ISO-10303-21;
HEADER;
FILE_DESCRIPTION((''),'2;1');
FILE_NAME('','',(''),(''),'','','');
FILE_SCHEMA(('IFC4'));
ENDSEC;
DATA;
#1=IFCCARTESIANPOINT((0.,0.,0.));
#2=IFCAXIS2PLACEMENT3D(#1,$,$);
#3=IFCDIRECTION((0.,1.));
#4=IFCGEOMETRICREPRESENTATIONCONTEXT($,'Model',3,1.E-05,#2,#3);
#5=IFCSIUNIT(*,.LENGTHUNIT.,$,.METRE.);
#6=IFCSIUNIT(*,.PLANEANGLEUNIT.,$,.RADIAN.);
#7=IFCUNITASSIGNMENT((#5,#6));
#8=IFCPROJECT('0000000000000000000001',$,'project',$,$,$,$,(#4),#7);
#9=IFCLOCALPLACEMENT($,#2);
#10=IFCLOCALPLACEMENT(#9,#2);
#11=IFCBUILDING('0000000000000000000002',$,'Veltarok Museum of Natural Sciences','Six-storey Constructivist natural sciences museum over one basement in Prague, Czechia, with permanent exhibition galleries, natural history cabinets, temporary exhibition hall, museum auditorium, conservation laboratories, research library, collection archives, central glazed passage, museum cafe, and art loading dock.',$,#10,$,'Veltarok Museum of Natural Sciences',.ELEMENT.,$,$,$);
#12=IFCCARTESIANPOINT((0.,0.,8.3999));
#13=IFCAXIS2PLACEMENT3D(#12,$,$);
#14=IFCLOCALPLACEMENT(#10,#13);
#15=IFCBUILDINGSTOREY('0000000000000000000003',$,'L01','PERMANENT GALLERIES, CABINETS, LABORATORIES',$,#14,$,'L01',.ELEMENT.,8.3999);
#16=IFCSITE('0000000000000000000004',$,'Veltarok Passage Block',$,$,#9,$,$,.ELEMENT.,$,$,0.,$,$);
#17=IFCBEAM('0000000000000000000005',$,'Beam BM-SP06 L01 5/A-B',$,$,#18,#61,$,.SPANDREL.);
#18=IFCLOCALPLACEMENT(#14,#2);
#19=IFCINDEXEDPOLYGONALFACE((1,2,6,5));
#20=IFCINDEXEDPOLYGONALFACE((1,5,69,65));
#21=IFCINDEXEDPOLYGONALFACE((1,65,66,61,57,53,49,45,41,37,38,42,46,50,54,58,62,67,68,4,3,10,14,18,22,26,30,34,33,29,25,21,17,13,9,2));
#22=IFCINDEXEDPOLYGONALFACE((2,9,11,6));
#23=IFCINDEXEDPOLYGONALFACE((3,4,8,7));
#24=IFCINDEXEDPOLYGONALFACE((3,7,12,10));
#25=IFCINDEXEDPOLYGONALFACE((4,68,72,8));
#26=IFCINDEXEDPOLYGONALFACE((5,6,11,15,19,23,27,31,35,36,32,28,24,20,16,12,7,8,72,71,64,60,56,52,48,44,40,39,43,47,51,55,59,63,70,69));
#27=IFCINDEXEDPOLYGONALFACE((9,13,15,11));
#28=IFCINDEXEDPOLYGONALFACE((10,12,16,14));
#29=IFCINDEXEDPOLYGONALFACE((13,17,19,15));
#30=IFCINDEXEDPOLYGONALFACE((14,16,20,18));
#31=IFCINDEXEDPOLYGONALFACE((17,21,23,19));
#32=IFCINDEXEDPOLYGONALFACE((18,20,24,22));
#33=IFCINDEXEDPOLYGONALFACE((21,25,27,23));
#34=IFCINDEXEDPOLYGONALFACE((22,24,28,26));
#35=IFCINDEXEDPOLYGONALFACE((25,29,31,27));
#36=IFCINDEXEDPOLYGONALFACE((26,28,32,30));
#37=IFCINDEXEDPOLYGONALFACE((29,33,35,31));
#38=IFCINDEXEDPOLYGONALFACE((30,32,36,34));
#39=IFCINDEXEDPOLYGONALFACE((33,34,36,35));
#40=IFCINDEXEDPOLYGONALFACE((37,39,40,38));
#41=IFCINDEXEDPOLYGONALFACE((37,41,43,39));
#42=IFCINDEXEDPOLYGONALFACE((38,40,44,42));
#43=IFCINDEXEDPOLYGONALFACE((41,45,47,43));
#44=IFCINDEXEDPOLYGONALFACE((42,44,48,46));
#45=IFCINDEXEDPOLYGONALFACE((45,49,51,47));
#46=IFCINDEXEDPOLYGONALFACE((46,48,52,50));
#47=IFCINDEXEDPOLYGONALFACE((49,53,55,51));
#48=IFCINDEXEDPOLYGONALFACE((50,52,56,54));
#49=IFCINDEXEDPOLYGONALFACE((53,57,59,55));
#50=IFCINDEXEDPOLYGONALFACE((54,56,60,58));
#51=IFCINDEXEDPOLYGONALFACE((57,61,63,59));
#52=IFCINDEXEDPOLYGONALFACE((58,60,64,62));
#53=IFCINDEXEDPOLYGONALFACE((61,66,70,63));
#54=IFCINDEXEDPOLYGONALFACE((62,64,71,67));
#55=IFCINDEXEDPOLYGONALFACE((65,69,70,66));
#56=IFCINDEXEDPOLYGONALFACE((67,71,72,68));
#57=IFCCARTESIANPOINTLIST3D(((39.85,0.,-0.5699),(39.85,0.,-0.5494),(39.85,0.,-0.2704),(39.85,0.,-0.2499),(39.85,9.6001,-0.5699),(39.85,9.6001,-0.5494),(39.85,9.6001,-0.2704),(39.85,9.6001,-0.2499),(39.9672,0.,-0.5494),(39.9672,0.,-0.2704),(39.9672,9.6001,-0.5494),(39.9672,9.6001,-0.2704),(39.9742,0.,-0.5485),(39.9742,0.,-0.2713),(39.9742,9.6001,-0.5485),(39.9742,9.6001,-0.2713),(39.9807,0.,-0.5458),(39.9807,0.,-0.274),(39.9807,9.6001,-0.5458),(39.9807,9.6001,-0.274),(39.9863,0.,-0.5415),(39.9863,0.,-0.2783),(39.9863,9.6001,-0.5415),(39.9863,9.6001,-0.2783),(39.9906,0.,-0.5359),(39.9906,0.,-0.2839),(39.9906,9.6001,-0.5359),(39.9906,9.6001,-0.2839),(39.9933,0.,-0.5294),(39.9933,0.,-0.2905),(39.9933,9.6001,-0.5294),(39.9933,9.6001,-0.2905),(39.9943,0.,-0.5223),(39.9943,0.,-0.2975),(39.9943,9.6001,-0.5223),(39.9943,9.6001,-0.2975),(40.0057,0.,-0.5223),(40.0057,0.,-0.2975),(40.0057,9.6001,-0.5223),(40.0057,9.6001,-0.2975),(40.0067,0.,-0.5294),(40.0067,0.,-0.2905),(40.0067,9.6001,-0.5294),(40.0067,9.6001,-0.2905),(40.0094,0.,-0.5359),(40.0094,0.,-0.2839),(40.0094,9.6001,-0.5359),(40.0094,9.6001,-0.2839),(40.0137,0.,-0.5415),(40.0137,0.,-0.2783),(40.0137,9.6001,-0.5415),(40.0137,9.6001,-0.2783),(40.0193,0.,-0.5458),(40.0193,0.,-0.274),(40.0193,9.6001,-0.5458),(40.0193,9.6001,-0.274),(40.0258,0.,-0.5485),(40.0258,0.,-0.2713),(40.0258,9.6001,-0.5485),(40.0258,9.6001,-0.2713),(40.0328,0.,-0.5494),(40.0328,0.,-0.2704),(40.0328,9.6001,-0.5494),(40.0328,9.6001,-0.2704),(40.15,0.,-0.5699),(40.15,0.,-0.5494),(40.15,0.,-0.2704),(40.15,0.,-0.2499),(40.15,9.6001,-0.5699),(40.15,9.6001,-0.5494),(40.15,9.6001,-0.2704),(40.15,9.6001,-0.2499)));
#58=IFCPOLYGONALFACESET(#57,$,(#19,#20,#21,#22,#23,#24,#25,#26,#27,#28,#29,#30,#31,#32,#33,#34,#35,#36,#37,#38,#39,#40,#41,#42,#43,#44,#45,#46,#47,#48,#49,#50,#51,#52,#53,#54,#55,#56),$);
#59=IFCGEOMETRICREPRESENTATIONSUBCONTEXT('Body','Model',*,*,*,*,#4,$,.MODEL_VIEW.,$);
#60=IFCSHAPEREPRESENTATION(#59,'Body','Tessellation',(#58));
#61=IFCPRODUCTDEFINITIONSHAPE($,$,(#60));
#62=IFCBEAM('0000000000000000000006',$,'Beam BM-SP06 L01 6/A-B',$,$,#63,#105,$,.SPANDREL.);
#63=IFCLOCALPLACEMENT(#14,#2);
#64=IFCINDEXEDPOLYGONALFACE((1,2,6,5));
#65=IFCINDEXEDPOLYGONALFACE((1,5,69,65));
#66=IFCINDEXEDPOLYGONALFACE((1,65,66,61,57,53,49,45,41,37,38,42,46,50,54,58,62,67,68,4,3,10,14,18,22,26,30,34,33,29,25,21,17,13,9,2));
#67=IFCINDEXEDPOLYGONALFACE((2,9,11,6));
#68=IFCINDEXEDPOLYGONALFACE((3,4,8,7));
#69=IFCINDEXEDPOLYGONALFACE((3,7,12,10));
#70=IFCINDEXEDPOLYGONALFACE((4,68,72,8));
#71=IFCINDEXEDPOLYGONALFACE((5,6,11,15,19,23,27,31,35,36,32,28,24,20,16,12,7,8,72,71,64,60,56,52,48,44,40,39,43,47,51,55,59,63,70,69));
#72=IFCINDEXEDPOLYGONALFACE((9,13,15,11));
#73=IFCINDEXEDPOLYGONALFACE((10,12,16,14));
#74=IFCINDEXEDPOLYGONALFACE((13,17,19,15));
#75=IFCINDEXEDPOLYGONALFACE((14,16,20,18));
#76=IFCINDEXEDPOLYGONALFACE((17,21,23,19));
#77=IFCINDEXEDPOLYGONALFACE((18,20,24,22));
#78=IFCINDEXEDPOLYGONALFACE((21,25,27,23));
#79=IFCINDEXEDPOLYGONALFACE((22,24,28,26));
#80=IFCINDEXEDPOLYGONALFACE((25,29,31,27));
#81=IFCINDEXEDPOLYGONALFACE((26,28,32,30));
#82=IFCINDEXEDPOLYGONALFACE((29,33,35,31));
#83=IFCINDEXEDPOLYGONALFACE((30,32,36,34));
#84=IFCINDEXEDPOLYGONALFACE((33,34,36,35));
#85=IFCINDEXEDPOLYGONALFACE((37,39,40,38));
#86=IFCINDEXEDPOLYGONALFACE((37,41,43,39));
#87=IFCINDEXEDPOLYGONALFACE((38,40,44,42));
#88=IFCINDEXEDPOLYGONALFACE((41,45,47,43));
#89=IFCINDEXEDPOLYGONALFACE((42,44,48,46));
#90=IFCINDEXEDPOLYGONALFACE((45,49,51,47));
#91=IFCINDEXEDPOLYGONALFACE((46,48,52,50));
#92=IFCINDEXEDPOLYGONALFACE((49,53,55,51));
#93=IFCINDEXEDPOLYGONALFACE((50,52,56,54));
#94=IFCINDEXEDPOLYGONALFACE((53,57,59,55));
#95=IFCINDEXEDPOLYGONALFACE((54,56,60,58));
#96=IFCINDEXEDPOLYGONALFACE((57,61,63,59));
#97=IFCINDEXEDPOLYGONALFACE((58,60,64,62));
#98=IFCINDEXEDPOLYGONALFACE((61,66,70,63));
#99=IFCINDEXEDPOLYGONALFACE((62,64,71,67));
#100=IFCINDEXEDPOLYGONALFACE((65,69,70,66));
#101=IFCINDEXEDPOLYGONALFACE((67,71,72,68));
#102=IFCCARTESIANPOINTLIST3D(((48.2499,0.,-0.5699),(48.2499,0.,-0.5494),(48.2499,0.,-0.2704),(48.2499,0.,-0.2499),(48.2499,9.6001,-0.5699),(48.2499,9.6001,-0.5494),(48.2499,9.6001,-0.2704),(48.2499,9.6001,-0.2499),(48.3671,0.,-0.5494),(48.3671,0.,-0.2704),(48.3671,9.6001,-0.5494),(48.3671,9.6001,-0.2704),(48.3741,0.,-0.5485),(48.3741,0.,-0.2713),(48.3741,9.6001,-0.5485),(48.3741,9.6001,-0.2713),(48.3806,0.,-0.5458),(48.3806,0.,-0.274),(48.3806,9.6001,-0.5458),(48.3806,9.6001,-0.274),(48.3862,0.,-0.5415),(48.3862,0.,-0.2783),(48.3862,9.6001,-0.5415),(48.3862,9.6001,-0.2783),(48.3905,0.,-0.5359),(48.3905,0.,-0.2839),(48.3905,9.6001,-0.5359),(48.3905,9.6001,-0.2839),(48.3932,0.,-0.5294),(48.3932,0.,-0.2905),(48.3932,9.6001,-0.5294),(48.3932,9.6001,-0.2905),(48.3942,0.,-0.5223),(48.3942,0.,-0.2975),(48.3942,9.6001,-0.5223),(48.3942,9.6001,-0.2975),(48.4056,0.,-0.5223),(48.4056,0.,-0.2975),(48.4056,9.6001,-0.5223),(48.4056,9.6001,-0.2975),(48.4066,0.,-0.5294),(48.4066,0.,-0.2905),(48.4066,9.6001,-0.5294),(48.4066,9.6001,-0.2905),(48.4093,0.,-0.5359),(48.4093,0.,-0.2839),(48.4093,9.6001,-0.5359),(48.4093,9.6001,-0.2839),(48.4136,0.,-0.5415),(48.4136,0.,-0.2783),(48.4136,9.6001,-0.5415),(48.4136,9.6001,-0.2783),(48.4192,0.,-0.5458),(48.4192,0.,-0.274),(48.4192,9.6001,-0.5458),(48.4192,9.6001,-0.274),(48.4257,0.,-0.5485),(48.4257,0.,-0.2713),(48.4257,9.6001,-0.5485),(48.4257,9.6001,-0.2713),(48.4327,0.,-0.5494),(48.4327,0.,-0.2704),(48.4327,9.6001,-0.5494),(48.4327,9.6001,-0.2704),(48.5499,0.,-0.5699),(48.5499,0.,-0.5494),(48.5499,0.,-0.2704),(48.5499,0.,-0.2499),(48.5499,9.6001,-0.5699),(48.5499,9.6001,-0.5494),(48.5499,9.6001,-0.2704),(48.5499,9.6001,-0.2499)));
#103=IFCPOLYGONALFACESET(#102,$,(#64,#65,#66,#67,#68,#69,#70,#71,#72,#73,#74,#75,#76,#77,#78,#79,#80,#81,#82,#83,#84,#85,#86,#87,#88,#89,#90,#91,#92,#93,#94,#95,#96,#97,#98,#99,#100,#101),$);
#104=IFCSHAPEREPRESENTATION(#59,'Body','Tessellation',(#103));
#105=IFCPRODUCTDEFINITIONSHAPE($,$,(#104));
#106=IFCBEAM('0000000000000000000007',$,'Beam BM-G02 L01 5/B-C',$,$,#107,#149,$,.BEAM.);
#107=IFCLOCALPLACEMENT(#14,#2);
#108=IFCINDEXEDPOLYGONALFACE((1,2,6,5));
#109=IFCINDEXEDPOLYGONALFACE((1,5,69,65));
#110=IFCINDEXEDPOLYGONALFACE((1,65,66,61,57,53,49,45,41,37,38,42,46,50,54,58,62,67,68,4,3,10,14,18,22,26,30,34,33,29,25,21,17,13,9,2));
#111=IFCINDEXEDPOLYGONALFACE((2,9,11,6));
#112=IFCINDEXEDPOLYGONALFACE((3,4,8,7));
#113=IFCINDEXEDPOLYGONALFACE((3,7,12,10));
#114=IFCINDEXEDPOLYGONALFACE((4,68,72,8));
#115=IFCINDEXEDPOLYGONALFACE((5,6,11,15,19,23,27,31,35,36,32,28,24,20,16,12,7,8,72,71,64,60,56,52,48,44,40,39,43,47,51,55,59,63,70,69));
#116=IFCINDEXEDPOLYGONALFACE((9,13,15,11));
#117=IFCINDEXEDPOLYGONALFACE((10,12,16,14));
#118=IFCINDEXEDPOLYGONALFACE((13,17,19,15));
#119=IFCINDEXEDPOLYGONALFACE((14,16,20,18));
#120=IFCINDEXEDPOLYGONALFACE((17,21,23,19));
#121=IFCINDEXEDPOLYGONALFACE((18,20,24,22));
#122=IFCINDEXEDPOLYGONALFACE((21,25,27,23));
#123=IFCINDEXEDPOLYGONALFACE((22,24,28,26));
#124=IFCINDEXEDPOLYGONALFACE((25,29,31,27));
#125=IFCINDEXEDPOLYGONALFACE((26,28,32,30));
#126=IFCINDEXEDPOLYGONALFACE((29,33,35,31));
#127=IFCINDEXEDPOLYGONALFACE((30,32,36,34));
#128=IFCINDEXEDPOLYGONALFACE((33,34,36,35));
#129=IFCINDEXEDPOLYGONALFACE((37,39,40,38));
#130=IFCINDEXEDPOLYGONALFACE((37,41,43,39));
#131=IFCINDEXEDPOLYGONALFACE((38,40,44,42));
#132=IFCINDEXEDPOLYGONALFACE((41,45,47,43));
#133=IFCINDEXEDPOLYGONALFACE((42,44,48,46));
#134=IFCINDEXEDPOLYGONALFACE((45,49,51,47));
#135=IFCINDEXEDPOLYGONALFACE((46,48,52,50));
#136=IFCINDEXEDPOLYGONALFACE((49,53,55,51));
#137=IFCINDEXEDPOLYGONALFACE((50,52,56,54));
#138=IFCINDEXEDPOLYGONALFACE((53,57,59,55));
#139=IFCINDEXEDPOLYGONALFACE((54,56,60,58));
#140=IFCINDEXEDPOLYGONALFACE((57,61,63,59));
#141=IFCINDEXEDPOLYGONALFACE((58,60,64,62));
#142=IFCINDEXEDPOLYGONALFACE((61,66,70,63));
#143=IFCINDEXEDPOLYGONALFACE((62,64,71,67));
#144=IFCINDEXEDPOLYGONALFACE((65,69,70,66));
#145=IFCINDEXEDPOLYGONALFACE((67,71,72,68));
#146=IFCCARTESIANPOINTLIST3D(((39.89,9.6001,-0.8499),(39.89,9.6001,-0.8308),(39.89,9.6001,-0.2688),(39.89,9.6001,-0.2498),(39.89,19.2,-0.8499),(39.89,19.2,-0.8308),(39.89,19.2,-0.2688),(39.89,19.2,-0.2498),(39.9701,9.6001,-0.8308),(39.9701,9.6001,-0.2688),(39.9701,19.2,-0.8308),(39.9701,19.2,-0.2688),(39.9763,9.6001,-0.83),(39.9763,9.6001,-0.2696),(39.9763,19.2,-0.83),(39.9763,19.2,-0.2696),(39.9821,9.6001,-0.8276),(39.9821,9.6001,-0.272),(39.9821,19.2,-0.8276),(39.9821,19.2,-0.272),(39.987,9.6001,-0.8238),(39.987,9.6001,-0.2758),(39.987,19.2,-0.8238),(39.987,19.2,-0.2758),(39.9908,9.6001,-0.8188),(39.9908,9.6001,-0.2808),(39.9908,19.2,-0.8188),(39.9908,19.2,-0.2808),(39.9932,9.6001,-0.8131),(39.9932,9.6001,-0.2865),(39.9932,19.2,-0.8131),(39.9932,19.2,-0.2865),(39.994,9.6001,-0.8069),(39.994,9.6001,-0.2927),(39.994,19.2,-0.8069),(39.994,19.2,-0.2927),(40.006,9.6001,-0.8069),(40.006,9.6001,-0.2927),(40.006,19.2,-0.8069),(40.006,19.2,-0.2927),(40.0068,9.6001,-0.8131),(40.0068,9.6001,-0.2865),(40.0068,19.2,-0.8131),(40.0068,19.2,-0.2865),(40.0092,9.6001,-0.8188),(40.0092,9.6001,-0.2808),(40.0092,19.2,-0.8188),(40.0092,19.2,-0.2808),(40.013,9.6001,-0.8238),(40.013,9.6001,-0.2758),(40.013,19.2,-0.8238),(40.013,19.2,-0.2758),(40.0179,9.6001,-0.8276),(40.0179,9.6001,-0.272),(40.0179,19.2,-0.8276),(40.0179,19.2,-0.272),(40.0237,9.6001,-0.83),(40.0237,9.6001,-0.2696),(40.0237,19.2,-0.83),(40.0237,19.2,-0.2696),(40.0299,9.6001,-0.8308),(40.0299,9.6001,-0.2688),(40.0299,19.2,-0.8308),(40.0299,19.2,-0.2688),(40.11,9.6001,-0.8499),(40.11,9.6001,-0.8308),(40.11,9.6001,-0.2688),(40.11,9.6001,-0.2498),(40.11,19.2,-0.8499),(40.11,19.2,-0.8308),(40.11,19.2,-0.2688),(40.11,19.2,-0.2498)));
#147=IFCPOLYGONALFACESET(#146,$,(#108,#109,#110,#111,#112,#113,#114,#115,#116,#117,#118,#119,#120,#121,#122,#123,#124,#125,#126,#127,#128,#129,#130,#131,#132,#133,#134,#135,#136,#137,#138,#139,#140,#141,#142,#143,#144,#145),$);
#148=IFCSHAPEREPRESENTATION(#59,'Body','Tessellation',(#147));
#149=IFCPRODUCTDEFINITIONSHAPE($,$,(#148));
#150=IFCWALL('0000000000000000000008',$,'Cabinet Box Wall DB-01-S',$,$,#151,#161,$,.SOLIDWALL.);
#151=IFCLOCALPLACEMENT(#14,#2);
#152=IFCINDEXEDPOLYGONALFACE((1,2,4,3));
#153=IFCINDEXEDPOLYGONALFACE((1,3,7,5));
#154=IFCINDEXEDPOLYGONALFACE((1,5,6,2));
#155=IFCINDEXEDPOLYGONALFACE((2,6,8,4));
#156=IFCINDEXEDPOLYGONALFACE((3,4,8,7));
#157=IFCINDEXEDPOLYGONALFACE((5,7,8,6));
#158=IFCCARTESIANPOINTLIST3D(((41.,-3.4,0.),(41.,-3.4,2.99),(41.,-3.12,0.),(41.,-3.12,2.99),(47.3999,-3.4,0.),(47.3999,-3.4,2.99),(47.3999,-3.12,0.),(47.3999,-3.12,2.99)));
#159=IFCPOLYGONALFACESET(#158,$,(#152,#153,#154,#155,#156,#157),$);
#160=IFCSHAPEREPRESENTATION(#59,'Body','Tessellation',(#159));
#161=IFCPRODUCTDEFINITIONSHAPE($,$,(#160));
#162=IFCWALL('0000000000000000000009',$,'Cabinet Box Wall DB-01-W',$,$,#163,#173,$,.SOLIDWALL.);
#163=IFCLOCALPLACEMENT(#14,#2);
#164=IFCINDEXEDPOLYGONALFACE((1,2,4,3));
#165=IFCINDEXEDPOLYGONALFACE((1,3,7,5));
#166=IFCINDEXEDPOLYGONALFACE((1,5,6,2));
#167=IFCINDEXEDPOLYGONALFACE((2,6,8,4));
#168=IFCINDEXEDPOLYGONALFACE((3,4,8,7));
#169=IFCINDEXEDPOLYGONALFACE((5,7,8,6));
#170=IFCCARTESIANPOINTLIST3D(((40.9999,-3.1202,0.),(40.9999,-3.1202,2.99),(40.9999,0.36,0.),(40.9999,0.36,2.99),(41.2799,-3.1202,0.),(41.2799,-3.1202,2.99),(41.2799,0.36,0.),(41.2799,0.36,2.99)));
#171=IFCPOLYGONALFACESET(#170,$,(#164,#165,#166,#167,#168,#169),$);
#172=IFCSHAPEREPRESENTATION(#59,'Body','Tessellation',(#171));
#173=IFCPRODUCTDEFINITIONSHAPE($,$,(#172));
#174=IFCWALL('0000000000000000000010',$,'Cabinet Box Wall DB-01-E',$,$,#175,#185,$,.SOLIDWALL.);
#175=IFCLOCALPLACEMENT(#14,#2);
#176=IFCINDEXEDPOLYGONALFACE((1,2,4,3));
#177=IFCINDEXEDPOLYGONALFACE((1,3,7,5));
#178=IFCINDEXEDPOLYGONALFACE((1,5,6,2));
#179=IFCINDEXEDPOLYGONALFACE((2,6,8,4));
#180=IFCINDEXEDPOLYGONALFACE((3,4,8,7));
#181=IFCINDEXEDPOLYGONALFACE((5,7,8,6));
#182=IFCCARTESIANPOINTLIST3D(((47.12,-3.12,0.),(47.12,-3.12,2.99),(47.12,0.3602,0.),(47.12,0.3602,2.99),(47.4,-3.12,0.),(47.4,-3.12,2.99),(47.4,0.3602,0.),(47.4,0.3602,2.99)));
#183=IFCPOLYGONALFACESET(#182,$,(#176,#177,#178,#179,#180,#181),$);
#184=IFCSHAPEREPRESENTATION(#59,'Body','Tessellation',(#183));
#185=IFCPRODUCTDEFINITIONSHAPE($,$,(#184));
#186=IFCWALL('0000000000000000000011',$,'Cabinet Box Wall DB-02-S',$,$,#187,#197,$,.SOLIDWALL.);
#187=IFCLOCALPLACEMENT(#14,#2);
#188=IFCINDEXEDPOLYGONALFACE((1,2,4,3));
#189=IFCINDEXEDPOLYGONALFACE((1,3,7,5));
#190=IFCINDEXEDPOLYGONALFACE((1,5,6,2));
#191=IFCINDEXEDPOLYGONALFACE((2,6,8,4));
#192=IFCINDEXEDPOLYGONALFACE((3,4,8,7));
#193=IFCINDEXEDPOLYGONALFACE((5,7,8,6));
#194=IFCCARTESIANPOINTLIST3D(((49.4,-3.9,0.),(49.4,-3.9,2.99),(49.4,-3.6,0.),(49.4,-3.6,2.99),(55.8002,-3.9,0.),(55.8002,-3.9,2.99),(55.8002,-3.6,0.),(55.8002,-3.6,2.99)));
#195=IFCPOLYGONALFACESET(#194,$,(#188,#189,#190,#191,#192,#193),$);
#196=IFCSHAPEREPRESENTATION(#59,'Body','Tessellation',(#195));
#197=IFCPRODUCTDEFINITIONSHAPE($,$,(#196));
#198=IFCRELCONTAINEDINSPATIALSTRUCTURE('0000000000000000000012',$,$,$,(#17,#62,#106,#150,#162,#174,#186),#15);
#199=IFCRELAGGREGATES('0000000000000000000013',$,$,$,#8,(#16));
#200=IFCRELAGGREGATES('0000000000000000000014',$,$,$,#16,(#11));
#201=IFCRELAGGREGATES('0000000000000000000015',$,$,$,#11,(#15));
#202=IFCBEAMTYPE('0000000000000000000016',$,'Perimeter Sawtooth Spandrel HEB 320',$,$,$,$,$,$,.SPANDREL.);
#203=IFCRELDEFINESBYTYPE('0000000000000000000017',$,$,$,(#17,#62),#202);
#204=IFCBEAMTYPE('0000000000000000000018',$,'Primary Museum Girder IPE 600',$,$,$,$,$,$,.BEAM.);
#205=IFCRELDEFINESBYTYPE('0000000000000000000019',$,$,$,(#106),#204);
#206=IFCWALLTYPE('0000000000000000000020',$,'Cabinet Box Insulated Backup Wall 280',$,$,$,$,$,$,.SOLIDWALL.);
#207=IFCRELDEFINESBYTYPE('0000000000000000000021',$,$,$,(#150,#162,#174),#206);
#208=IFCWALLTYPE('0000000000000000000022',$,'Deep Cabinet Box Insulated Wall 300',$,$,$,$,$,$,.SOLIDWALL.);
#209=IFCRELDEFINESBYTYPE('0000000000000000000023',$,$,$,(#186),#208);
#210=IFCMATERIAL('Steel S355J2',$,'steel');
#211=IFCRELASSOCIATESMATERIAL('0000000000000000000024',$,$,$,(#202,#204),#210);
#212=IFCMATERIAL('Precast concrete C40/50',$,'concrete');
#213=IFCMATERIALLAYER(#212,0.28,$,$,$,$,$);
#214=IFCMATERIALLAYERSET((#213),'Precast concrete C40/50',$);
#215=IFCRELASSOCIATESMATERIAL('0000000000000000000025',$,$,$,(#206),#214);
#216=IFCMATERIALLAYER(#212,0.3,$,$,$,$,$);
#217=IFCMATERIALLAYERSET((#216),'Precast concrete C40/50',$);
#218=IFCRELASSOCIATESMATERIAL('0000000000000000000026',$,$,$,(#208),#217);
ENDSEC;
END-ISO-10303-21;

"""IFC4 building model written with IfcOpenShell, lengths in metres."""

from ifc_helpers import new_model, si_unit, direction, frame, frame_2d, origin, origin_2d, place, context, subcontext, project, spatial, rectangle, i_section, extrude, material, layer, layer_set, material_profile, profile_set, type_object, element, save


model = new_model("IFC4")

# Units and contexts
model_context = context("Model", 3, precision=1e-05, world=origin(), true_north=direction((0.0, 1.0)))
body_context = subcontext(model_context, "Body", "Model", "MODEL_VIEW")
ifc_project = project(units=[si_unit("LENGTHUNIT", "METRE"), si_unit("PLANEANGLEUNIT", "RADIAN")], contexts=[model_context])

# Site, building, storey
site_placement = place(None, origin())
site = spatial("IfcSite", under=ifc_project, at=site_placement, Name="Veltarok Passage Block", CompositionType="ELEMENT", RefElevation=0.0)
building_placement = place(site_placement, origin())
building = spatial("IfcBuilding", under=site, at=building_placement, Name="Veltarok Museum of Natural Sciences", Description="Six-storey Constructivist natural sciences museum over one basement in Prague, Czechia, with permanent exhibition galleries, natural history cabinets, temporary exhibition hall, museum auditorium, conservation laboratories, research library, collection archives, central glazed passage, museum cafe, and art loading dock.", LongName="Veltarok Museum of Natural Sciences", CompositionType="ELEMENT")
storey_placement = place(building_placement, frame((0.0, 0.0, 8.3999)))
storey = spatial("IfcBuildingStorey", under=building, at=storey_placement, Name="L01", Description="PERMANENT GALLERIES, CABINETS, LABORATORIES", LongName="L01", CompositionType="ELEMENT", Elevation=8.3999)

# Shared definitions
ifc_material_1 = material(Name="Steel S355J2", Category="steel")

# Beams
ifc_material_profile_1 = material_profile(ifc_material_1, i_section(OverallWidth=0.3, OverallDepth=0.3201, WebThickness=0.0115, FlangeThickness=0.0205, FilletRadius=0.0271, at=origin_2d()), Name="HEB 320")
ifc_profile_set_1 = profile_set([ifc_material_profile_1], Name="Steel S355J2")
beam_type_1 = type_object("IfcBeamType", Name="Perimeter Sawtooth Spandrel HEB 320", PredefinedType="SPANDREL", material=ifc_profile_set_1)
for number, where, z_axis, x_axis, name in (
    (1, (40.0, 0.0, -0.4099), (0.0, 1.0, 0.0), (-1.0, 0.0, 0.0), "Beam BM-SP06 L01 5/A-B"),
    (2, (48.3999, 0.0, -0.4099), (0.0, 1.0, 0.0), (-1.0, 0.0, 0.0), "Beam BM-SP06 L01 6/A-B"),
):
    element("IfcBeam", number, at=place(storey_placement, frame(where, z_axis=z_axis, x_axis=x_axis)), inside=storey, type_object=beam_type_1, Name=name, PredefinedType="SPANDREL", context=body_context, shape_type="SweptSolid", body=[
        extrude(i_section(OverallWidth=0.3, OverallDepth=0.3201, WebThickness=0.0115, FlangeThickness=0.0205, FilletRadius=0.0271, at=origin_2d()), origin(), (0.0, 0.0, 1.0), 9.6001),
    ])
ifc_material_profile_2 = material_profile(ifc_material_1, i_section(OverallWidth=0.22, OverallDepth=0.6001, WebThickness=0.012, FlangeThickness=0.019, FilletRadius=0.0239, at=origin_2d()), Name="IPE 600")
ifc_profile_set_2 = profile_set([ifc_material_profile_2], Name="Steel S355J2")
beam_type_2 = type_object("IfcBeamType", Name="Primary Museum Girder IPE 600", PredefinedType="BEAM", material=ifc_profile_set_2)
beam_1_placement = place(storey_placement, frame((40.0, 9.6001, -0.5498), z_axis=(0.0, 1.0, 0.0), x_axis=(-1.0, 0.0, 0.0)))
element("IfcBeam", 3, at=beam_1_placement, inside=storey, type_object=beam_type_2, Name="Beam BM-G02 L01 5/B-C", PredefinedType="BEAM", context=body_context, shape_type="SweptSolid", body=[
    extrude(i_section(OverallWidth=0.22, OverallDepth=0.6001, WebThickness=0.012, FlangeThickness=0.019, FilletRadius=0.0239, at=origin_2d()), origin(), (0.0, 0.0, 1.0), 9.5999),
])

# Walls
ifc_material_2 = material(Name="Precast concrete C40/50", Category="concrete")
ifc_layer_1 = layer(ifc_material_2, 0.28)
ifc_layer_set_1 = layer_set([ifc_layer_1], Name="Precast concrete C40/50")
wall_type_1 = type_object("IfcWallType", Name="Cabinet Box Insulated Backup Wall 280", PredefinedType="SOLIDWALL", material=ifc_layer_set_1)
wall_1_placement = place(storey_placement, frame((41.0, -3.26, 0.0), z_axis=(0.0, 0.0, 1.0), x_axis=(1.0, 0.0, 0.0)))
element("IfcWall", 4, at=wall_1_placement, inside=storey, type_object=wall_type_1, Name="Cabinet Box Wall DB-01-S", PredefinedType="SOLIDWALL", context=body_context, shape_type="SweptSolid", body=[
    extrude(rectangle(XDim=6.3999, YDim=0.28, at=frame_2d((3.2, 0.0))), origin(), (0.0, 0.0, 1.0), 2.99),
])
for number, where, z_axis, x_axis, name in (
    (5, (41.1399, 0.3601, 0.0), (0.0, 0.0, 1.0), (0.0, -1.0, 0.0), "Cabinet Box Wall DB-01-W"),
    (6, (47.26, -3.1201, 0.0), (0.0, 0.0, 1.0), (0.0, 1.0, 0.0), "Cabinet Box Wall DB-01-E"),
):
    element("IfcWall", number, at=place(storey_placement, frame(where, z_axis=z_axis, x_axis=x_axis)), inside=storey, type_object=wall_type_1, Name=name, PredefinedType="SOLIDWALL", context=body_context, shape_type="SweptSolid", body=[
        extrude(rectangle(XDim=3.4802, YDim=0.28, at=frame_2d((1.7402, 0.0))), origin(), (0.0, 0.0, 1.0), 2.99),
    ])
ifc_layer_2 = layer(ifc_material_2, 0.3)
ifc_layer_set_2 = layer_set([ifc_layer_2], Name="Precast concrete C40/50")
wall_type_2 = type_object("IfcWallType", Name="Deep Cabinet Box Insulated Wall 300", PredefinedType="SOLIDWALL", material=ifc_layer_set_2)
wall_2_placement = place(storey_placement, frame((49.3999, -3.75, 0.0), z_axis=(0.0, 0.0, 1.0), x_axis=(1.0, 0.0, 0.0)))
element("IfcWall", 7, at=wall_2_placement, inside=storey, type_object=wall_type_2, Name="Cabinet Box Wall DB-02-S", PredefinedType="SOLIDWALL", context=body_context, shape_type="SweptSolid", body=[
    extrude(rectangle(XDim=6.4001, YDim=0.3, at=frame_2d((3.2002, 0.0))), origin(), (0.0, 0.0, 1.0), 2.99),
])

save(model, "model.ifc")
